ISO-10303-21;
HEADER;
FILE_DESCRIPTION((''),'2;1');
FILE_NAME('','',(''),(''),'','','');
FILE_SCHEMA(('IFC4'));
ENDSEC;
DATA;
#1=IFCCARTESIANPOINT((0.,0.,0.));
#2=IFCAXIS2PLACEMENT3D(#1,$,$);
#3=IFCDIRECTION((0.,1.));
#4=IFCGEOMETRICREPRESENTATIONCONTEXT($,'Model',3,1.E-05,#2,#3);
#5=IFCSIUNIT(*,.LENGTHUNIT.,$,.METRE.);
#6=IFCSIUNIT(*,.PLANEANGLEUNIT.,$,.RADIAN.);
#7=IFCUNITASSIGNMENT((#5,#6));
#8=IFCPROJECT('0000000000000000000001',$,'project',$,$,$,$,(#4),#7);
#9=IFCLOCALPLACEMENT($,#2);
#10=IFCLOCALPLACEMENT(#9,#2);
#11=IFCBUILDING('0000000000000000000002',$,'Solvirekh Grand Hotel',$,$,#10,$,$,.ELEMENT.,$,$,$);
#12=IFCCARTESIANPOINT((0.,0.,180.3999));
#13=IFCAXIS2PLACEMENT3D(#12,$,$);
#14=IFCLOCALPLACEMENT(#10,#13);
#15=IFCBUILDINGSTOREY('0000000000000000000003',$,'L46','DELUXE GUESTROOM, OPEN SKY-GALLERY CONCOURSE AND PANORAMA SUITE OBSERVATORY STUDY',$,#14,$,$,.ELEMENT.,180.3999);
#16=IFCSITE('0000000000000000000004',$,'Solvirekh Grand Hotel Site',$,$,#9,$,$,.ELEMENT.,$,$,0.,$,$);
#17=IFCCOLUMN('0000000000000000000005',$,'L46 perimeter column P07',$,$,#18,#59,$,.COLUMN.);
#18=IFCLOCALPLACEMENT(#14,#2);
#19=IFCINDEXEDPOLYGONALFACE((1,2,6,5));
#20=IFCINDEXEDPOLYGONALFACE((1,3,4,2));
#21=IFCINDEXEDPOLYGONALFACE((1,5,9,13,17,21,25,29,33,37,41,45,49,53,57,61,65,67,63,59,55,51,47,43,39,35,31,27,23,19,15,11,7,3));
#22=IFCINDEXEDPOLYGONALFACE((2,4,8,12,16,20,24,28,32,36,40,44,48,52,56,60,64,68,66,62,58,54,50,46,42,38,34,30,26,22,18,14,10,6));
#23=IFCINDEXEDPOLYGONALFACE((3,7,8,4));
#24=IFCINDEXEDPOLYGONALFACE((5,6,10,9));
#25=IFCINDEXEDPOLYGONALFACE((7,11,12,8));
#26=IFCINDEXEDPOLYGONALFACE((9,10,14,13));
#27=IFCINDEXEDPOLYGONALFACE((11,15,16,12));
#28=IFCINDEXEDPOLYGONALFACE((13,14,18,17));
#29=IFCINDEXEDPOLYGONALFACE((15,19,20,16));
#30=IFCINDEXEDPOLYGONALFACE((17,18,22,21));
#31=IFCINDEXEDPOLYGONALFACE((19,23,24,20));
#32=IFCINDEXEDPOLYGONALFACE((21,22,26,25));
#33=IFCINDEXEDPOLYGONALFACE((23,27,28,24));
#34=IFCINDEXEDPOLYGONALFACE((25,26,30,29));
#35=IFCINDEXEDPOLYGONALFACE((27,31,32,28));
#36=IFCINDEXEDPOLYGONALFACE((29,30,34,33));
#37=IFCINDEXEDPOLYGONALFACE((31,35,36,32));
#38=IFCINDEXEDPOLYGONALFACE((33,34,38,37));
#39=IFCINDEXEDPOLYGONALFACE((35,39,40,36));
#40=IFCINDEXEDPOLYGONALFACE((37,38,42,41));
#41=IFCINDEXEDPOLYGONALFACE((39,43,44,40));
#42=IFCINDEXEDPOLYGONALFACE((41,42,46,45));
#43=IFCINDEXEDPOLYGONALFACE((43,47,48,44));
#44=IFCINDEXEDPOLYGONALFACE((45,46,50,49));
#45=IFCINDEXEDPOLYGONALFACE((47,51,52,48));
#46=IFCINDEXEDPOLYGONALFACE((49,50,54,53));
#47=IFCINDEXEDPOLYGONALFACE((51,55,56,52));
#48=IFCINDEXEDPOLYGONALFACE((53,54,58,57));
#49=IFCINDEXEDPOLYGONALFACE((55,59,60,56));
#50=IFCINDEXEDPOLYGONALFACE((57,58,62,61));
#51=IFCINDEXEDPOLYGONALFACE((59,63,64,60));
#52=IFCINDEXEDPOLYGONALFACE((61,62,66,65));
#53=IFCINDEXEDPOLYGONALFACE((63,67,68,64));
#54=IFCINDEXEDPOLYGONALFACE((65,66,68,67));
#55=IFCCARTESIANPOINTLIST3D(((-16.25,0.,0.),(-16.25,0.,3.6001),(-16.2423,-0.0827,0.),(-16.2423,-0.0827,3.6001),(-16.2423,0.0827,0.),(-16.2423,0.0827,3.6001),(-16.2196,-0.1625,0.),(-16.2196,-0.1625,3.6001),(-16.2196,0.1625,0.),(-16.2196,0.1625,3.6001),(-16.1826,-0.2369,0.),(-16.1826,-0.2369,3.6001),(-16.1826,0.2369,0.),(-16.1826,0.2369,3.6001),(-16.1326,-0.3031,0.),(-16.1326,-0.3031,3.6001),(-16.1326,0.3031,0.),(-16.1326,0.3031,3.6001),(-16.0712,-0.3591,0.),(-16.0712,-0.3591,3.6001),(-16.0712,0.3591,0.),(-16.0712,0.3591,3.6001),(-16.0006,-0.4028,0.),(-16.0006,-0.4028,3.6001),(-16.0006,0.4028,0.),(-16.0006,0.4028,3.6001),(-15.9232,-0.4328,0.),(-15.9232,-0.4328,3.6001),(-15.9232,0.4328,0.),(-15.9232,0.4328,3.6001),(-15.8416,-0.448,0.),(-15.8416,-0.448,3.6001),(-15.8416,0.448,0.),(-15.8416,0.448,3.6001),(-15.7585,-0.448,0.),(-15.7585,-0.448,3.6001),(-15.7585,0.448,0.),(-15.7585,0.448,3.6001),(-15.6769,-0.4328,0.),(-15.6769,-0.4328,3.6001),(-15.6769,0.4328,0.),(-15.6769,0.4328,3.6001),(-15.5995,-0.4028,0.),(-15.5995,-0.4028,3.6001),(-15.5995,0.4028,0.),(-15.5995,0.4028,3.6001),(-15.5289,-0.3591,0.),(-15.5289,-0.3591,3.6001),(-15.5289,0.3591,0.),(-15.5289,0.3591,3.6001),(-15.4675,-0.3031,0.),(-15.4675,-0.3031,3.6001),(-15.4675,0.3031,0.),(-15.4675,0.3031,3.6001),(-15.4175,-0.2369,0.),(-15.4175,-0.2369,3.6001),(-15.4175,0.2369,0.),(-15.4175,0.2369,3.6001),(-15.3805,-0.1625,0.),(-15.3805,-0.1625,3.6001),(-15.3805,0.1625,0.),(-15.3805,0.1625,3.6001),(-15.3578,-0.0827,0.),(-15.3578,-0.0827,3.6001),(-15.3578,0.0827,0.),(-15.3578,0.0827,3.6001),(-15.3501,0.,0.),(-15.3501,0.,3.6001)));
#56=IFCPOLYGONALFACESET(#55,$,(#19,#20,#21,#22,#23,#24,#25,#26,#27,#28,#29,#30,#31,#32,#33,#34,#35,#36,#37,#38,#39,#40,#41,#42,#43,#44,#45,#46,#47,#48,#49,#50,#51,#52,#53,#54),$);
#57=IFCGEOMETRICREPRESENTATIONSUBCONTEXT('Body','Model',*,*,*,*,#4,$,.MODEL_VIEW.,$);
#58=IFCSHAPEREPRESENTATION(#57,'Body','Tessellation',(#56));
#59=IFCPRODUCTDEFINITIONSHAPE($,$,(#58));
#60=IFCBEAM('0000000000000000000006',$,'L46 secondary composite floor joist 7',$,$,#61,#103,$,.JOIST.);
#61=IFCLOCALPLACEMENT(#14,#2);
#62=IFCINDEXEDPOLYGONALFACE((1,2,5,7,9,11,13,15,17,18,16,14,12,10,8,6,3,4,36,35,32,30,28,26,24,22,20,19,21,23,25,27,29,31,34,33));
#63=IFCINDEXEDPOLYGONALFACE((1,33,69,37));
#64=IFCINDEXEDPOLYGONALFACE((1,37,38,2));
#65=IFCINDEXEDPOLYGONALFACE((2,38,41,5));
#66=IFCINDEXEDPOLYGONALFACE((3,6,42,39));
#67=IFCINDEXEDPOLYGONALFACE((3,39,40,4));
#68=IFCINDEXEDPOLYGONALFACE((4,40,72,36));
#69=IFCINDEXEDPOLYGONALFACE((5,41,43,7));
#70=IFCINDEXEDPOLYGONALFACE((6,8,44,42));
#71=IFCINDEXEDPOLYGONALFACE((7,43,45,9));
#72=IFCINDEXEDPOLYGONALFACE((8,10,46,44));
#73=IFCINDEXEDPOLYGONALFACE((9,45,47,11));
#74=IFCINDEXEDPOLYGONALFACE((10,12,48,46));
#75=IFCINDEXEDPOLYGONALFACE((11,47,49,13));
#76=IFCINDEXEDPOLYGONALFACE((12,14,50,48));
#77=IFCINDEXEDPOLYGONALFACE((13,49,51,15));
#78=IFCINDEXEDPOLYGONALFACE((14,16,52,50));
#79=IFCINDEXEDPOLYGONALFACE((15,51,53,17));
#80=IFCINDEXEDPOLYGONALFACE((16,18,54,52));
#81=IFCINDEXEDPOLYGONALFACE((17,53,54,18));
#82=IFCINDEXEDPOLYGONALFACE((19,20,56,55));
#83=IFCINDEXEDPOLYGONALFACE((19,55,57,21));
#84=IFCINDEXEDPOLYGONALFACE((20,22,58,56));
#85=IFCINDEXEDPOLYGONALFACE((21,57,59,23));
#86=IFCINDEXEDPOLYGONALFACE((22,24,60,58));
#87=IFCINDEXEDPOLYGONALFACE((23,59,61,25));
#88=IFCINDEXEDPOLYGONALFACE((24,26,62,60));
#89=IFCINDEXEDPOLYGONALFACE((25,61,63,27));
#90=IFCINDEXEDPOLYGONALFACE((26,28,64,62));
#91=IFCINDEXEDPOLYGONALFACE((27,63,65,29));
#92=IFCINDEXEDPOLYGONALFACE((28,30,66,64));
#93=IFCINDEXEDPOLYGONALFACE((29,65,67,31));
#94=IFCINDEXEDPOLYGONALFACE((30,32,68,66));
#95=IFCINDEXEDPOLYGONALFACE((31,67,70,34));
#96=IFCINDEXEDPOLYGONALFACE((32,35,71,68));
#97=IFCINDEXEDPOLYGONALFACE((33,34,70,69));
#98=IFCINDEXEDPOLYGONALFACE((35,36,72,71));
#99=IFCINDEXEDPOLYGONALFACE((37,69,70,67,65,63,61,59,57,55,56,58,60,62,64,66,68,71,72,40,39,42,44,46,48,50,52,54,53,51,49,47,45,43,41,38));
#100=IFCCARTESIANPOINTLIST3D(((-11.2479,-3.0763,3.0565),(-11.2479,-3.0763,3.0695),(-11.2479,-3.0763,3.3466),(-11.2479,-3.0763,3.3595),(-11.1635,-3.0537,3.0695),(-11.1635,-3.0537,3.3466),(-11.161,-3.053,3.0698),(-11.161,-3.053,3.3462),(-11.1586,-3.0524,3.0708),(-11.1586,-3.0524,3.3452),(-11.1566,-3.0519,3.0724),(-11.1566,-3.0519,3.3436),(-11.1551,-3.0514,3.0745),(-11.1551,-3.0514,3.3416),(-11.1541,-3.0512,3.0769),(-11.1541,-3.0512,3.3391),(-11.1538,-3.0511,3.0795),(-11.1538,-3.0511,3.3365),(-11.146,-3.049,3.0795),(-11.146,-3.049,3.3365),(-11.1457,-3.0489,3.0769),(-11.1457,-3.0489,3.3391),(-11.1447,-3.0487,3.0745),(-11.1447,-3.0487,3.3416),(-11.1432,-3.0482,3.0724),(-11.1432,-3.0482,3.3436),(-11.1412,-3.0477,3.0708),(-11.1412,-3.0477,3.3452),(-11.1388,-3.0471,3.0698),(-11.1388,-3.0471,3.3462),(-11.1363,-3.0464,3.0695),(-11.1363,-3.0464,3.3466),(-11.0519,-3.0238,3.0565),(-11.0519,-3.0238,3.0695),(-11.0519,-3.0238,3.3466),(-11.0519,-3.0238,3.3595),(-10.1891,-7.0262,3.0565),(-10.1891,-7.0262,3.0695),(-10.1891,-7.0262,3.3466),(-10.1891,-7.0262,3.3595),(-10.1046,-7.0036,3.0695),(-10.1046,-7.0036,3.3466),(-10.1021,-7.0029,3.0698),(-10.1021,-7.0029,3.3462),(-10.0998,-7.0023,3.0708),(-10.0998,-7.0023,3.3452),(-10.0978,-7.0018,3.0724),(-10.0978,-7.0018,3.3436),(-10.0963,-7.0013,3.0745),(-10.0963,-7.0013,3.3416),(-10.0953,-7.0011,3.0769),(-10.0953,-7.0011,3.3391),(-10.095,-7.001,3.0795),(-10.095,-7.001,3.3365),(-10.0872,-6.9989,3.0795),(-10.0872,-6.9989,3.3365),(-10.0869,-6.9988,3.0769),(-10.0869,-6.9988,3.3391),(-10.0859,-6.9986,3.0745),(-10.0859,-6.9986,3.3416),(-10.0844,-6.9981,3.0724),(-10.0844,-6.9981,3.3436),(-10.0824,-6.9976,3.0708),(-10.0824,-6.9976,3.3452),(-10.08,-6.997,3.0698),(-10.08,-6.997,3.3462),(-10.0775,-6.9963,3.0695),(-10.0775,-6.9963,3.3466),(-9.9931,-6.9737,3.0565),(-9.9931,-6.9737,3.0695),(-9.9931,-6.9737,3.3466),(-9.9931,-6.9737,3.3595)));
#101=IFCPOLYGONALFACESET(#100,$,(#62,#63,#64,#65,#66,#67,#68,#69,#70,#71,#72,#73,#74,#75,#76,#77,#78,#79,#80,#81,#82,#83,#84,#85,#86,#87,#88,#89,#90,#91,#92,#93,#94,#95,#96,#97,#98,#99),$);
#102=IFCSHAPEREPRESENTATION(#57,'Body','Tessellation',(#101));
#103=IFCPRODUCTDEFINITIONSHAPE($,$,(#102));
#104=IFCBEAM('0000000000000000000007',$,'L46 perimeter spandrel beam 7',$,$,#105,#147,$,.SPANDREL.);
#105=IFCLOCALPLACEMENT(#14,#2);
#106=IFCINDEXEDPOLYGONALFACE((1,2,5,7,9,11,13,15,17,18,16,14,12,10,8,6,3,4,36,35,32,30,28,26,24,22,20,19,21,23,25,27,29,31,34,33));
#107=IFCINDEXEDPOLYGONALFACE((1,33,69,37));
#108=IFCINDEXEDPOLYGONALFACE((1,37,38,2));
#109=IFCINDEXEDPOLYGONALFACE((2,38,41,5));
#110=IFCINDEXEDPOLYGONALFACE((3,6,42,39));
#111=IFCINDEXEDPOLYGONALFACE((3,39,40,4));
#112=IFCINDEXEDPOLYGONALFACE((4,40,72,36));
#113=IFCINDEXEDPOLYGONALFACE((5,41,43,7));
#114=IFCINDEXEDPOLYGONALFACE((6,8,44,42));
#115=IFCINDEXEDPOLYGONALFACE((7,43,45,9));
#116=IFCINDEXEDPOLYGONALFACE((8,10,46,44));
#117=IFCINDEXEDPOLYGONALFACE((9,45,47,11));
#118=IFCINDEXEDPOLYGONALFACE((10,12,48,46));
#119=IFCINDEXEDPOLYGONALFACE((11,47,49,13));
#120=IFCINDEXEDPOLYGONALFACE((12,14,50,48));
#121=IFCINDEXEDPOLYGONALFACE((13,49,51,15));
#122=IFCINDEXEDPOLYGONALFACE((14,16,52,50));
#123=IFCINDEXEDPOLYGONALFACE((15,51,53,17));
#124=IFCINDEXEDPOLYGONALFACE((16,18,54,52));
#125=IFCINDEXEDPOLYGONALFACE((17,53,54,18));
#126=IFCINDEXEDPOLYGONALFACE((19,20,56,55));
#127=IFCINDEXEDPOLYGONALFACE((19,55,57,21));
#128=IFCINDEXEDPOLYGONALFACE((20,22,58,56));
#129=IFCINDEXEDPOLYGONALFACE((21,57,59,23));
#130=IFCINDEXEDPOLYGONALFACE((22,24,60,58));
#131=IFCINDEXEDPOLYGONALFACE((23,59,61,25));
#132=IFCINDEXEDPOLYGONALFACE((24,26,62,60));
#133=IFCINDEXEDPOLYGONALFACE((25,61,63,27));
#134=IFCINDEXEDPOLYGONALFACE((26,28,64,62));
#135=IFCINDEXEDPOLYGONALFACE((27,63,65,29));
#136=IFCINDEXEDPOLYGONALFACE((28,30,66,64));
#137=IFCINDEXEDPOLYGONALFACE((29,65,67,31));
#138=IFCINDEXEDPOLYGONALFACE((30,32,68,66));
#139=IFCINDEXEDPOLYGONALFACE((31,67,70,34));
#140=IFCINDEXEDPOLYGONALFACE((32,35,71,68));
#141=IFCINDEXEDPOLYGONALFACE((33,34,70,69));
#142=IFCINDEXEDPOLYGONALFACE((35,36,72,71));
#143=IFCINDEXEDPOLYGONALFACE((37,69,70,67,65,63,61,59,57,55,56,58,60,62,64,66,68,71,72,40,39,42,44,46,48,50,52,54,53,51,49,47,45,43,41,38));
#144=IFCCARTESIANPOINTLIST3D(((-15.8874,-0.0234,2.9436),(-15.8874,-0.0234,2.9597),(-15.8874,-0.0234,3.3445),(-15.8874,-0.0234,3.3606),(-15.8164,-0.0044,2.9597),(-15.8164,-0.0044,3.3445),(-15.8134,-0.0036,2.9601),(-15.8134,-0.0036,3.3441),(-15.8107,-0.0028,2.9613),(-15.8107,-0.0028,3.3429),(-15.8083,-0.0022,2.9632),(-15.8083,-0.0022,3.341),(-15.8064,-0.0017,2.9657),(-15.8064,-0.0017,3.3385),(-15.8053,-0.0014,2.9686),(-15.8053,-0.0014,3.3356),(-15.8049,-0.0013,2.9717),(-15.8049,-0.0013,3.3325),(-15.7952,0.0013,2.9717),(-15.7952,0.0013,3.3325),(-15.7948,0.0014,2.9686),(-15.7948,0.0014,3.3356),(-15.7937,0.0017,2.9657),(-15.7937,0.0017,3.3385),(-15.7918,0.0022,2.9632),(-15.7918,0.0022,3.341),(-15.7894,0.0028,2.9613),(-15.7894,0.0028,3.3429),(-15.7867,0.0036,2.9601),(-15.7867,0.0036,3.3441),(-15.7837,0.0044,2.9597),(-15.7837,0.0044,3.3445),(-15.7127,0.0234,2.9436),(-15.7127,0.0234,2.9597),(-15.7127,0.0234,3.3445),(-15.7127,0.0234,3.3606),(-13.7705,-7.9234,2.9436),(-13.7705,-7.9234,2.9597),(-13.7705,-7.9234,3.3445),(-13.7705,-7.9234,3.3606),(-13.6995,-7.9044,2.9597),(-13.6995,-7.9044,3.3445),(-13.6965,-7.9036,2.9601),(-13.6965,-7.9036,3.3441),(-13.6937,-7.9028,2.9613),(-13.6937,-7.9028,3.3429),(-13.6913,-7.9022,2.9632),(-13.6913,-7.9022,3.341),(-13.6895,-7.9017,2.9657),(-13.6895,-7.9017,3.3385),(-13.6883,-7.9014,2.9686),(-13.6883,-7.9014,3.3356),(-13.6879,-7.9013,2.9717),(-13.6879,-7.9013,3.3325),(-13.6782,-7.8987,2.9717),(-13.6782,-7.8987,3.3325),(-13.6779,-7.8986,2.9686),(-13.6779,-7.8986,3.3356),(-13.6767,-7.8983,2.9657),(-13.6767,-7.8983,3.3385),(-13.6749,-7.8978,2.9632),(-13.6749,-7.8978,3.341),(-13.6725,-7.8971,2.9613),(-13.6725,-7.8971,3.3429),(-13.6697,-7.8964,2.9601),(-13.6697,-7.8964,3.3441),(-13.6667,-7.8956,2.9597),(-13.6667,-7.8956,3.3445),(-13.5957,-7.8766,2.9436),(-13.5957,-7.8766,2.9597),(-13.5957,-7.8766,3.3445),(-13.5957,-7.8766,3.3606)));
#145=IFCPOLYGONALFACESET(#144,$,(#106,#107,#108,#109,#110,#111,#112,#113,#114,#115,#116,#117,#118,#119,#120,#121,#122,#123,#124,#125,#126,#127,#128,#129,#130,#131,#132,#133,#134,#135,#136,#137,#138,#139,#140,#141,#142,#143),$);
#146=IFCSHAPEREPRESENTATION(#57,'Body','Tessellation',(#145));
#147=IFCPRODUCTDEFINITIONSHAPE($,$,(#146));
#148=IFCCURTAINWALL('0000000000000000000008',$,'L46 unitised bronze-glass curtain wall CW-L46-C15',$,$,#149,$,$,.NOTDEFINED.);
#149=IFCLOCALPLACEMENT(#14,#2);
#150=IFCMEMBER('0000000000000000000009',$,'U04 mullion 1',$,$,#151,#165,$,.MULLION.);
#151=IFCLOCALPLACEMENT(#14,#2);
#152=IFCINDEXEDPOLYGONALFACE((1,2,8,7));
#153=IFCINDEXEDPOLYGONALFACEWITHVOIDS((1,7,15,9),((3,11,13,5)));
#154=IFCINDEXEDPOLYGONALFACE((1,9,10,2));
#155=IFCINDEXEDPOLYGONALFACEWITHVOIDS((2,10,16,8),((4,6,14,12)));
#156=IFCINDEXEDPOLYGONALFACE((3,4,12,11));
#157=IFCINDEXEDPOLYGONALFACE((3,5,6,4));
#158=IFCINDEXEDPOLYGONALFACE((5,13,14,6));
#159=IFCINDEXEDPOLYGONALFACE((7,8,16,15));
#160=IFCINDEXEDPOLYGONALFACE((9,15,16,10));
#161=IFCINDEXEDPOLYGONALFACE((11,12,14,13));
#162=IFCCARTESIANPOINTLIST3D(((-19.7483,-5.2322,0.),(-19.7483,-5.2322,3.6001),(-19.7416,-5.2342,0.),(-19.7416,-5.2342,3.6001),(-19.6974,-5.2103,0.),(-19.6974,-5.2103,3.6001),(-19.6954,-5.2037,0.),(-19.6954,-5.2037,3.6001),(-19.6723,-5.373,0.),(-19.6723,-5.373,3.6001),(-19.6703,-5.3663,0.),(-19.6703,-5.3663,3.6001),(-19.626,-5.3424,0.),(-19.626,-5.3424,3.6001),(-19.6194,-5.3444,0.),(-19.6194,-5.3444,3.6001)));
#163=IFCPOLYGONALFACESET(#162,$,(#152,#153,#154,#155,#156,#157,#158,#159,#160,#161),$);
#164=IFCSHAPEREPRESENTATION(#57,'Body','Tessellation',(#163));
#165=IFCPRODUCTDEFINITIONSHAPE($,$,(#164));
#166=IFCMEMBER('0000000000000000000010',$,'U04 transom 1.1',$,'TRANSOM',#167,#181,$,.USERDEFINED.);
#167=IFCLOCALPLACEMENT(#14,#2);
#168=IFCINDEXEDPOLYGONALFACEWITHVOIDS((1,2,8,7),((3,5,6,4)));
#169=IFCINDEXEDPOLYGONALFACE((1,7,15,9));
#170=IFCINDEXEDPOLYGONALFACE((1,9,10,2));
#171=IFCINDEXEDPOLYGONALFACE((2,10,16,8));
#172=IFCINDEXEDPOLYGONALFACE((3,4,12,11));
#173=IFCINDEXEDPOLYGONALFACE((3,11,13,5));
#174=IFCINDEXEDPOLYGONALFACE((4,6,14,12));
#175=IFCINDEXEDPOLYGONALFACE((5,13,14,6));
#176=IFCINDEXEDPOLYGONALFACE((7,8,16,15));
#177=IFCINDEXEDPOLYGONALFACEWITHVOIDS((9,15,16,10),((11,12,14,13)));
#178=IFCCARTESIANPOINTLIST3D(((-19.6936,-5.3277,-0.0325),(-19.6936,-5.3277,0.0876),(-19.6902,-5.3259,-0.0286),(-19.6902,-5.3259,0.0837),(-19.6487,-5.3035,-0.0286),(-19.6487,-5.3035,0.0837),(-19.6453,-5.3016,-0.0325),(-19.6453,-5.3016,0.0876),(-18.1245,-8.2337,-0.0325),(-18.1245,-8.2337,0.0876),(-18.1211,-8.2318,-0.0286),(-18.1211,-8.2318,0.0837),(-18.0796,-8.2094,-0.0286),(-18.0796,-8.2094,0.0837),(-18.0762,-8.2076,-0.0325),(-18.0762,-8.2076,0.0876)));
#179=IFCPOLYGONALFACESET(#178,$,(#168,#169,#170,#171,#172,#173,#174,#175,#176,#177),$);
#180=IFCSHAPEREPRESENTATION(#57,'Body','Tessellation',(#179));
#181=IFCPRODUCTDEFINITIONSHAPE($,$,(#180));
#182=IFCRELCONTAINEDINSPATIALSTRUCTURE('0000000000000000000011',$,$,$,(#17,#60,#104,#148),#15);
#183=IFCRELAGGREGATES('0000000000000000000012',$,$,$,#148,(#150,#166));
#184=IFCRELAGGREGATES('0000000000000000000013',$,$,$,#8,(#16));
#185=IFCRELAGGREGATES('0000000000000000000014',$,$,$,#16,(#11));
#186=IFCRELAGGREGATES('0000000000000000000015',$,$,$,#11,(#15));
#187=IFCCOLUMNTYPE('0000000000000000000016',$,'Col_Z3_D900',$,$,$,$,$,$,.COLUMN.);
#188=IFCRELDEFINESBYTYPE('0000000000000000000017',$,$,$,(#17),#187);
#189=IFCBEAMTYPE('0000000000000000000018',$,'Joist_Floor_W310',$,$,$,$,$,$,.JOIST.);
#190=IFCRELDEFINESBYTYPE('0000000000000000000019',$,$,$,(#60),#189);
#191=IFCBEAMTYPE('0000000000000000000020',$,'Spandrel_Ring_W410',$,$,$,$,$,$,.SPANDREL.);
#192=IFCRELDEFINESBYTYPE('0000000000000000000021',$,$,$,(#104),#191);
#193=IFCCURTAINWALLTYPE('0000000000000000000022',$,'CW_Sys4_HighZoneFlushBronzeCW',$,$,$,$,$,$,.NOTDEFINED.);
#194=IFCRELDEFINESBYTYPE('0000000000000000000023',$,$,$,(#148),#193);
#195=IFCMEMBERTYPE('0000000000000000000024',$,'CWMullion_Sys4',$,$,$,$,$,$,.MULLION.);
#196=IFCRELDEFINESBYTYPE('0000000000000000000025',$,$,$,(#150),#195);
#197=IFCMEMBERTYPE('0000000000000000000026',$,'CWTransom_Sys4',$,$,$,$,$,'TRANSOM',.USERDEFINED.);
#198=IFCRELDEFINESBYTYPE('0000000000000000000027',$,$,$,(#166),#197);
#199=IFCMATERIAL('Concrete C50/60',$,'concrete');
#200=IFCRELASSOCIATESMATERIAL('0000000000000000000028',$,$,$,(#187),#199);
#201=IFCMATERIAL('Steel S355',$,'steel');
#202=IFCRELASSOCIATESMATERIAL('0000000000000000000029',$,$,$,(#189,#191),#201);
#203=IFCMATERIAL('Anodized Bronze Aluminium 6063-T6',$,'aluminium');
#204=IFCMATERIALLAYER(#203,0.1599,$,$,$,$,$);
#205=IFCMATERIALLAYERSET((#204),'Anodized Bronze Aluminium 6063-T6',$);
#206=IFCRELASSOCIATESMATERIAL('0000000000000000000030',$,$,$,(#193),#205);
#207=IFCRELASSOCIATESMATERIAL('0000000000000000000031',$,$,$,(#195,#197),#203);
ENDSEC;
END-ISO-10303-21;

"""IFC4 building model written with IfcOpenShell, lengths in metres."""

from ifc_helpers import new_model, si_unit, direction, frame, origin, origin_2d, place, context, subcontext, project, spatial, hollow_rectangle, circle, i_section, extrude, source, transform, mapped, material, layer, layer_set, material_profile, profile_set, type_object, element, aggregate, save


model = new_model("IFC4")

# Units and contexts
model_context = context("Model", 3, precision=1e-05, world=origin(), true_north=direction((0.0, 1.0)))
body_context = subcontext(model_context, "Body", "Model", "MODEL_VIEW")
ifc_project = project(units=[si_unit("LENGTHUNIT", "METRE"), si_unit("PLANEANGLEUNIT", "RADIAN")], contexts=[model_context])

# Site, building, storey
site_placement = place(None, origin())
site = spatial("IfcSite", under=ifc_project, at=site_placement, Name="Solvirekh Grand Hotel Site", CompositionType="ELEMENT", RefElevation=0.0)
building_placement = place(site_placement, origin())
building = spatial("IfcBuilding", under=site, at=building_placement, Name="Solvirekh Grand Hotel", CompositionType="ELEMENT")
storey_placement = place(building_placement, frame((0.0, 0.0, 180.3999)))
storey = spatial("IfcBuildingStorey", under=building, at=storey_placement, Name="L46", Description="DELUXE GUESTROOM, OPEN SKY-GALLERY CONCOURSE AND PANORAMA SUITE OBSERVATORY STUDY", CompositionType="ELEMENT", Elevation=180.3999)

# Column
ifc_material_1 = material(Name="Concrete C50/60", Category="concrete")
ifc_material_profile_1 = material_profile(ifc_material_1, circle(Radius=0.45, at=origin_2d()), Name="RC CIRC D900")
ifc_profile_set_1 = profile_set([ifc_material_profile_1], Name="Concrete C50/60")
column_type = type_object("IfcColumnType", Name="Col_Z3_D900", PredefinedType="COLUMN", material=ifc_profile_set_1)
column_placement = place(storey_placement, frame((-15.8, 0.0, 0.0), z_axis=(0.0, 0.0, 1.0), x_axis=(1.0, 0.0, 0.0)))
element("IfcColumn", 1, at=column_placement, inside=storey, type_object=column_type, Name="L46 perimeter column P07", PredefinedType="COLUMN", context=body_context, shape_type="SweptSolid", body=[
    extrude(circle(Radius=0.45, at=origin_2d()), origin(), (0.0, 0.0, 1.0), 3.6001),
])

# Beams
ifc_material_2 = material(Name="Steel S355", Category="steel")
ifc_material_profile_2 = material_profile(ifc_material_2, i_section(OverallWidth=0.2029, OverallDepth=0.303, WebThickness=0.0081, FlangeThickness=0.0129, FilletRadius=0.01, at=origin_2d()), Name="W310X60")
ifc_profile_set_2 = profile_set([ifc_material_profile_2], Name="Steel S355")
beam_type_1 = type_object("IfcBeamType", Name="Joist_Floor_W310", PredefinedType="JOIST", material=ifc_profile_set_2)
beam_1_placement = place(storey_placement, frame((-11.1499, -3.05, 3.208), z_axis=(0.258922, -0.965898, 0.0), x_axis=(0.965898, 0.258922, 0.0)))
element("IfcBeam", 2, at=beam_1_placement, inside=storey, type_object=beam_type_1, Name="L46 secondary composite floor joist 7", PredefinedType="JOIST", context=body_context, shape_type="SweptSolid", body=[
    extrude(i_section(OverallWidth=0.2029, OverallDepth=0.303, WebThickness=0.0081, FlangeThickness=0.0129, FilletRadius=0.01, at=origin_2d()), origin(), (0.0, 0.0, 1.0), 4.0894),
])
ifc_material_profile_3 = material_profile(ifc_material_2, i_section(OverallWidth=0.1809, OverallDepth=0.417, WebThickness=0.01, FlangeThickness=0.0161, FilletRadius=0.012, at=origin_2d()), Name="W410X85")
ifc_profile_set_3 = profile_set([ifc_material_profile_3], Name="Steel S355")
beam_type_2 = type_object("IfcBeamType", Name="Spandrel_Ring_W410", PredefinedType="SPANDREL", material=ifc_profile_set_3)
beam_2_placement = place(storey_placement, frame((-15.8, 0.0, 3.1521), z_axis=(0.258839, -0.965921, 0.0), x_axis=(0.965921, 0.258839, 0.0)))
element("IfcBeam", 3, at=beam_2_placement, inside=storey, type_object=beam_type_2, Name="L46 perimeter spandrel beam 7", PredefinedType="SPANDREL", context=body_context, shape_type="SweptSolid", body=[
    extrude(i_section(OverallWidth=0.1809, OverallDepth=0.417, WebThickness=0.01, FlangeThickness=0.0161, FilletRadius=0.012, at=origin_2d()), origin(), (0.0, 0.0, 1.0), 8.1787),
])

# Curtain wall, members
ifc_material_3 = material(Name="Anodized Bronze Aluminium 6063-T6", Category="aluminium")
ifc_layer_1 = layer(ifc_material_3, 0.1599)
ifc_layer_set_1 = layer_set([ifc_layer_1], Name="Anodized Bronze Aluminium 6063-T6")
curtain_wall_type = type_object("IfcCurtainWallType", Name="CW_Sys4_HighZoneFlushBronzeCW", PredefinedType="NOTDEFINED", material=ifc_layer_set_1)
curtain_wall_placement = place(storey_placement, origin())
curtain_wall = element("IfcCurtainWall", 4, at=curtain_wall_placement, inside=storey, type_object=curtain_wall_type, Name="L46 unitised bronze-glass curtain wall CW-L46-C15", PredefinedType="NOTDEFINED")
ifc_material_profile_4 = material_profile(ifc_material_3, hollow_rectangle(XDim=0.0601, YDim=0.1599, WallThickness=0.0049, at=origin_2d()), Name="ALU RHS 160X60X5")
ifc_profile_set_4 = profile_set([ifc_material_profile_4], Name="Anodized Bronze Aluminium 6063-T6")
member_type_1 = type_object("IfcMemberType", Name="CWMullion_Sys4", PredefinedType="MULLION", material=ifc_profile_set_4)
shared_shape_1 = source(origin(), body_context, "Body", "SweptSolid", [
    extrude(hollow_rectangle(XDim=0.0601, YDim=0.1599, WallThickness=0.0049, at=origin_2d()), origin(), (0.0, 0.0, 1.0), 3.6001),
])
member_1_placement = place(storey_placement, frame((-19.6838, -5.2883, 0.0), z_axis=(0.0, 0.0, 1.0), x_axis=(0.879893, 0.475172, 0.0)))
member_1 = element("IfcMember", 5, at=member_1_placement, type_object=member_type_1, Name="U04 mullion 1", PredefinedType="MULLION", context=body_context, shape_type="MappedRepresentation", body=[
    mapped(shared_shape_1, transform((0.0, 0.0, 0.0), x_axis=(1.0, 0.0, 0.0), y_axis=(0.0, 1.0, 0.0), z_axis=(0.0, 0.0, 1.0), scale=1.0)),
])
ifc_material_profile_5 = material_profile(ifc_material_3, hollow_rectangle(XDim=0.0549, YDim=0.1201, WallThickness=0.0039, at=origin_2d()), Name="ALU RHS 120X55X4")
ifc_profile_set_5 = profile_set([ifc_material_profile_5], Name="Anodized Bronze Aluminium 6063-T6")
member_type_2 = type_object("IfcMemberType", Name="CWTransom_Sys4", ElementType="TRANSOM", PredefinedType="USERDEFINED", material=ifc_profile_set_5)
shared_shape_2 = source(origin(), body_context, "Body", "SweptSolid", [
    extrude(hollow_rectangle(XDim=0.0549, YDim=0.1201, WallThickness=0.0039, at=origin_2d()), origin(), (0.0, 0.0, 1.0), 3.3025),
])
member_2_placement = place(storey_placement, frame((-19.6694, -5.3147, 0.0276), z_axis=(0.475113, -0.879925, 0.0), x_axis=(0.879925, 0.475113, 0.0)))
member_2 = element("IfcMember", 6, at=member_2_placement, type_object=member_type_2, Name="U04 transom 1.1", ObjectType="TRANSOM", PredefinedType="USERDEFINED", context=body_context, shape_type="MappedRepresentation", body=[
    mapped(shared_shape_2, transform((0.0, 0.0, 0.0), x_axis=(1.0, 0.0, 0.0), y_axis=(0.0, 1.0, 0.0), z_axis=(0.0, 0.0, 1.0), scale=1.0)),
])
aggregate(curtain_wall, [member_1, member_2])

save(model, "model.ifc")
